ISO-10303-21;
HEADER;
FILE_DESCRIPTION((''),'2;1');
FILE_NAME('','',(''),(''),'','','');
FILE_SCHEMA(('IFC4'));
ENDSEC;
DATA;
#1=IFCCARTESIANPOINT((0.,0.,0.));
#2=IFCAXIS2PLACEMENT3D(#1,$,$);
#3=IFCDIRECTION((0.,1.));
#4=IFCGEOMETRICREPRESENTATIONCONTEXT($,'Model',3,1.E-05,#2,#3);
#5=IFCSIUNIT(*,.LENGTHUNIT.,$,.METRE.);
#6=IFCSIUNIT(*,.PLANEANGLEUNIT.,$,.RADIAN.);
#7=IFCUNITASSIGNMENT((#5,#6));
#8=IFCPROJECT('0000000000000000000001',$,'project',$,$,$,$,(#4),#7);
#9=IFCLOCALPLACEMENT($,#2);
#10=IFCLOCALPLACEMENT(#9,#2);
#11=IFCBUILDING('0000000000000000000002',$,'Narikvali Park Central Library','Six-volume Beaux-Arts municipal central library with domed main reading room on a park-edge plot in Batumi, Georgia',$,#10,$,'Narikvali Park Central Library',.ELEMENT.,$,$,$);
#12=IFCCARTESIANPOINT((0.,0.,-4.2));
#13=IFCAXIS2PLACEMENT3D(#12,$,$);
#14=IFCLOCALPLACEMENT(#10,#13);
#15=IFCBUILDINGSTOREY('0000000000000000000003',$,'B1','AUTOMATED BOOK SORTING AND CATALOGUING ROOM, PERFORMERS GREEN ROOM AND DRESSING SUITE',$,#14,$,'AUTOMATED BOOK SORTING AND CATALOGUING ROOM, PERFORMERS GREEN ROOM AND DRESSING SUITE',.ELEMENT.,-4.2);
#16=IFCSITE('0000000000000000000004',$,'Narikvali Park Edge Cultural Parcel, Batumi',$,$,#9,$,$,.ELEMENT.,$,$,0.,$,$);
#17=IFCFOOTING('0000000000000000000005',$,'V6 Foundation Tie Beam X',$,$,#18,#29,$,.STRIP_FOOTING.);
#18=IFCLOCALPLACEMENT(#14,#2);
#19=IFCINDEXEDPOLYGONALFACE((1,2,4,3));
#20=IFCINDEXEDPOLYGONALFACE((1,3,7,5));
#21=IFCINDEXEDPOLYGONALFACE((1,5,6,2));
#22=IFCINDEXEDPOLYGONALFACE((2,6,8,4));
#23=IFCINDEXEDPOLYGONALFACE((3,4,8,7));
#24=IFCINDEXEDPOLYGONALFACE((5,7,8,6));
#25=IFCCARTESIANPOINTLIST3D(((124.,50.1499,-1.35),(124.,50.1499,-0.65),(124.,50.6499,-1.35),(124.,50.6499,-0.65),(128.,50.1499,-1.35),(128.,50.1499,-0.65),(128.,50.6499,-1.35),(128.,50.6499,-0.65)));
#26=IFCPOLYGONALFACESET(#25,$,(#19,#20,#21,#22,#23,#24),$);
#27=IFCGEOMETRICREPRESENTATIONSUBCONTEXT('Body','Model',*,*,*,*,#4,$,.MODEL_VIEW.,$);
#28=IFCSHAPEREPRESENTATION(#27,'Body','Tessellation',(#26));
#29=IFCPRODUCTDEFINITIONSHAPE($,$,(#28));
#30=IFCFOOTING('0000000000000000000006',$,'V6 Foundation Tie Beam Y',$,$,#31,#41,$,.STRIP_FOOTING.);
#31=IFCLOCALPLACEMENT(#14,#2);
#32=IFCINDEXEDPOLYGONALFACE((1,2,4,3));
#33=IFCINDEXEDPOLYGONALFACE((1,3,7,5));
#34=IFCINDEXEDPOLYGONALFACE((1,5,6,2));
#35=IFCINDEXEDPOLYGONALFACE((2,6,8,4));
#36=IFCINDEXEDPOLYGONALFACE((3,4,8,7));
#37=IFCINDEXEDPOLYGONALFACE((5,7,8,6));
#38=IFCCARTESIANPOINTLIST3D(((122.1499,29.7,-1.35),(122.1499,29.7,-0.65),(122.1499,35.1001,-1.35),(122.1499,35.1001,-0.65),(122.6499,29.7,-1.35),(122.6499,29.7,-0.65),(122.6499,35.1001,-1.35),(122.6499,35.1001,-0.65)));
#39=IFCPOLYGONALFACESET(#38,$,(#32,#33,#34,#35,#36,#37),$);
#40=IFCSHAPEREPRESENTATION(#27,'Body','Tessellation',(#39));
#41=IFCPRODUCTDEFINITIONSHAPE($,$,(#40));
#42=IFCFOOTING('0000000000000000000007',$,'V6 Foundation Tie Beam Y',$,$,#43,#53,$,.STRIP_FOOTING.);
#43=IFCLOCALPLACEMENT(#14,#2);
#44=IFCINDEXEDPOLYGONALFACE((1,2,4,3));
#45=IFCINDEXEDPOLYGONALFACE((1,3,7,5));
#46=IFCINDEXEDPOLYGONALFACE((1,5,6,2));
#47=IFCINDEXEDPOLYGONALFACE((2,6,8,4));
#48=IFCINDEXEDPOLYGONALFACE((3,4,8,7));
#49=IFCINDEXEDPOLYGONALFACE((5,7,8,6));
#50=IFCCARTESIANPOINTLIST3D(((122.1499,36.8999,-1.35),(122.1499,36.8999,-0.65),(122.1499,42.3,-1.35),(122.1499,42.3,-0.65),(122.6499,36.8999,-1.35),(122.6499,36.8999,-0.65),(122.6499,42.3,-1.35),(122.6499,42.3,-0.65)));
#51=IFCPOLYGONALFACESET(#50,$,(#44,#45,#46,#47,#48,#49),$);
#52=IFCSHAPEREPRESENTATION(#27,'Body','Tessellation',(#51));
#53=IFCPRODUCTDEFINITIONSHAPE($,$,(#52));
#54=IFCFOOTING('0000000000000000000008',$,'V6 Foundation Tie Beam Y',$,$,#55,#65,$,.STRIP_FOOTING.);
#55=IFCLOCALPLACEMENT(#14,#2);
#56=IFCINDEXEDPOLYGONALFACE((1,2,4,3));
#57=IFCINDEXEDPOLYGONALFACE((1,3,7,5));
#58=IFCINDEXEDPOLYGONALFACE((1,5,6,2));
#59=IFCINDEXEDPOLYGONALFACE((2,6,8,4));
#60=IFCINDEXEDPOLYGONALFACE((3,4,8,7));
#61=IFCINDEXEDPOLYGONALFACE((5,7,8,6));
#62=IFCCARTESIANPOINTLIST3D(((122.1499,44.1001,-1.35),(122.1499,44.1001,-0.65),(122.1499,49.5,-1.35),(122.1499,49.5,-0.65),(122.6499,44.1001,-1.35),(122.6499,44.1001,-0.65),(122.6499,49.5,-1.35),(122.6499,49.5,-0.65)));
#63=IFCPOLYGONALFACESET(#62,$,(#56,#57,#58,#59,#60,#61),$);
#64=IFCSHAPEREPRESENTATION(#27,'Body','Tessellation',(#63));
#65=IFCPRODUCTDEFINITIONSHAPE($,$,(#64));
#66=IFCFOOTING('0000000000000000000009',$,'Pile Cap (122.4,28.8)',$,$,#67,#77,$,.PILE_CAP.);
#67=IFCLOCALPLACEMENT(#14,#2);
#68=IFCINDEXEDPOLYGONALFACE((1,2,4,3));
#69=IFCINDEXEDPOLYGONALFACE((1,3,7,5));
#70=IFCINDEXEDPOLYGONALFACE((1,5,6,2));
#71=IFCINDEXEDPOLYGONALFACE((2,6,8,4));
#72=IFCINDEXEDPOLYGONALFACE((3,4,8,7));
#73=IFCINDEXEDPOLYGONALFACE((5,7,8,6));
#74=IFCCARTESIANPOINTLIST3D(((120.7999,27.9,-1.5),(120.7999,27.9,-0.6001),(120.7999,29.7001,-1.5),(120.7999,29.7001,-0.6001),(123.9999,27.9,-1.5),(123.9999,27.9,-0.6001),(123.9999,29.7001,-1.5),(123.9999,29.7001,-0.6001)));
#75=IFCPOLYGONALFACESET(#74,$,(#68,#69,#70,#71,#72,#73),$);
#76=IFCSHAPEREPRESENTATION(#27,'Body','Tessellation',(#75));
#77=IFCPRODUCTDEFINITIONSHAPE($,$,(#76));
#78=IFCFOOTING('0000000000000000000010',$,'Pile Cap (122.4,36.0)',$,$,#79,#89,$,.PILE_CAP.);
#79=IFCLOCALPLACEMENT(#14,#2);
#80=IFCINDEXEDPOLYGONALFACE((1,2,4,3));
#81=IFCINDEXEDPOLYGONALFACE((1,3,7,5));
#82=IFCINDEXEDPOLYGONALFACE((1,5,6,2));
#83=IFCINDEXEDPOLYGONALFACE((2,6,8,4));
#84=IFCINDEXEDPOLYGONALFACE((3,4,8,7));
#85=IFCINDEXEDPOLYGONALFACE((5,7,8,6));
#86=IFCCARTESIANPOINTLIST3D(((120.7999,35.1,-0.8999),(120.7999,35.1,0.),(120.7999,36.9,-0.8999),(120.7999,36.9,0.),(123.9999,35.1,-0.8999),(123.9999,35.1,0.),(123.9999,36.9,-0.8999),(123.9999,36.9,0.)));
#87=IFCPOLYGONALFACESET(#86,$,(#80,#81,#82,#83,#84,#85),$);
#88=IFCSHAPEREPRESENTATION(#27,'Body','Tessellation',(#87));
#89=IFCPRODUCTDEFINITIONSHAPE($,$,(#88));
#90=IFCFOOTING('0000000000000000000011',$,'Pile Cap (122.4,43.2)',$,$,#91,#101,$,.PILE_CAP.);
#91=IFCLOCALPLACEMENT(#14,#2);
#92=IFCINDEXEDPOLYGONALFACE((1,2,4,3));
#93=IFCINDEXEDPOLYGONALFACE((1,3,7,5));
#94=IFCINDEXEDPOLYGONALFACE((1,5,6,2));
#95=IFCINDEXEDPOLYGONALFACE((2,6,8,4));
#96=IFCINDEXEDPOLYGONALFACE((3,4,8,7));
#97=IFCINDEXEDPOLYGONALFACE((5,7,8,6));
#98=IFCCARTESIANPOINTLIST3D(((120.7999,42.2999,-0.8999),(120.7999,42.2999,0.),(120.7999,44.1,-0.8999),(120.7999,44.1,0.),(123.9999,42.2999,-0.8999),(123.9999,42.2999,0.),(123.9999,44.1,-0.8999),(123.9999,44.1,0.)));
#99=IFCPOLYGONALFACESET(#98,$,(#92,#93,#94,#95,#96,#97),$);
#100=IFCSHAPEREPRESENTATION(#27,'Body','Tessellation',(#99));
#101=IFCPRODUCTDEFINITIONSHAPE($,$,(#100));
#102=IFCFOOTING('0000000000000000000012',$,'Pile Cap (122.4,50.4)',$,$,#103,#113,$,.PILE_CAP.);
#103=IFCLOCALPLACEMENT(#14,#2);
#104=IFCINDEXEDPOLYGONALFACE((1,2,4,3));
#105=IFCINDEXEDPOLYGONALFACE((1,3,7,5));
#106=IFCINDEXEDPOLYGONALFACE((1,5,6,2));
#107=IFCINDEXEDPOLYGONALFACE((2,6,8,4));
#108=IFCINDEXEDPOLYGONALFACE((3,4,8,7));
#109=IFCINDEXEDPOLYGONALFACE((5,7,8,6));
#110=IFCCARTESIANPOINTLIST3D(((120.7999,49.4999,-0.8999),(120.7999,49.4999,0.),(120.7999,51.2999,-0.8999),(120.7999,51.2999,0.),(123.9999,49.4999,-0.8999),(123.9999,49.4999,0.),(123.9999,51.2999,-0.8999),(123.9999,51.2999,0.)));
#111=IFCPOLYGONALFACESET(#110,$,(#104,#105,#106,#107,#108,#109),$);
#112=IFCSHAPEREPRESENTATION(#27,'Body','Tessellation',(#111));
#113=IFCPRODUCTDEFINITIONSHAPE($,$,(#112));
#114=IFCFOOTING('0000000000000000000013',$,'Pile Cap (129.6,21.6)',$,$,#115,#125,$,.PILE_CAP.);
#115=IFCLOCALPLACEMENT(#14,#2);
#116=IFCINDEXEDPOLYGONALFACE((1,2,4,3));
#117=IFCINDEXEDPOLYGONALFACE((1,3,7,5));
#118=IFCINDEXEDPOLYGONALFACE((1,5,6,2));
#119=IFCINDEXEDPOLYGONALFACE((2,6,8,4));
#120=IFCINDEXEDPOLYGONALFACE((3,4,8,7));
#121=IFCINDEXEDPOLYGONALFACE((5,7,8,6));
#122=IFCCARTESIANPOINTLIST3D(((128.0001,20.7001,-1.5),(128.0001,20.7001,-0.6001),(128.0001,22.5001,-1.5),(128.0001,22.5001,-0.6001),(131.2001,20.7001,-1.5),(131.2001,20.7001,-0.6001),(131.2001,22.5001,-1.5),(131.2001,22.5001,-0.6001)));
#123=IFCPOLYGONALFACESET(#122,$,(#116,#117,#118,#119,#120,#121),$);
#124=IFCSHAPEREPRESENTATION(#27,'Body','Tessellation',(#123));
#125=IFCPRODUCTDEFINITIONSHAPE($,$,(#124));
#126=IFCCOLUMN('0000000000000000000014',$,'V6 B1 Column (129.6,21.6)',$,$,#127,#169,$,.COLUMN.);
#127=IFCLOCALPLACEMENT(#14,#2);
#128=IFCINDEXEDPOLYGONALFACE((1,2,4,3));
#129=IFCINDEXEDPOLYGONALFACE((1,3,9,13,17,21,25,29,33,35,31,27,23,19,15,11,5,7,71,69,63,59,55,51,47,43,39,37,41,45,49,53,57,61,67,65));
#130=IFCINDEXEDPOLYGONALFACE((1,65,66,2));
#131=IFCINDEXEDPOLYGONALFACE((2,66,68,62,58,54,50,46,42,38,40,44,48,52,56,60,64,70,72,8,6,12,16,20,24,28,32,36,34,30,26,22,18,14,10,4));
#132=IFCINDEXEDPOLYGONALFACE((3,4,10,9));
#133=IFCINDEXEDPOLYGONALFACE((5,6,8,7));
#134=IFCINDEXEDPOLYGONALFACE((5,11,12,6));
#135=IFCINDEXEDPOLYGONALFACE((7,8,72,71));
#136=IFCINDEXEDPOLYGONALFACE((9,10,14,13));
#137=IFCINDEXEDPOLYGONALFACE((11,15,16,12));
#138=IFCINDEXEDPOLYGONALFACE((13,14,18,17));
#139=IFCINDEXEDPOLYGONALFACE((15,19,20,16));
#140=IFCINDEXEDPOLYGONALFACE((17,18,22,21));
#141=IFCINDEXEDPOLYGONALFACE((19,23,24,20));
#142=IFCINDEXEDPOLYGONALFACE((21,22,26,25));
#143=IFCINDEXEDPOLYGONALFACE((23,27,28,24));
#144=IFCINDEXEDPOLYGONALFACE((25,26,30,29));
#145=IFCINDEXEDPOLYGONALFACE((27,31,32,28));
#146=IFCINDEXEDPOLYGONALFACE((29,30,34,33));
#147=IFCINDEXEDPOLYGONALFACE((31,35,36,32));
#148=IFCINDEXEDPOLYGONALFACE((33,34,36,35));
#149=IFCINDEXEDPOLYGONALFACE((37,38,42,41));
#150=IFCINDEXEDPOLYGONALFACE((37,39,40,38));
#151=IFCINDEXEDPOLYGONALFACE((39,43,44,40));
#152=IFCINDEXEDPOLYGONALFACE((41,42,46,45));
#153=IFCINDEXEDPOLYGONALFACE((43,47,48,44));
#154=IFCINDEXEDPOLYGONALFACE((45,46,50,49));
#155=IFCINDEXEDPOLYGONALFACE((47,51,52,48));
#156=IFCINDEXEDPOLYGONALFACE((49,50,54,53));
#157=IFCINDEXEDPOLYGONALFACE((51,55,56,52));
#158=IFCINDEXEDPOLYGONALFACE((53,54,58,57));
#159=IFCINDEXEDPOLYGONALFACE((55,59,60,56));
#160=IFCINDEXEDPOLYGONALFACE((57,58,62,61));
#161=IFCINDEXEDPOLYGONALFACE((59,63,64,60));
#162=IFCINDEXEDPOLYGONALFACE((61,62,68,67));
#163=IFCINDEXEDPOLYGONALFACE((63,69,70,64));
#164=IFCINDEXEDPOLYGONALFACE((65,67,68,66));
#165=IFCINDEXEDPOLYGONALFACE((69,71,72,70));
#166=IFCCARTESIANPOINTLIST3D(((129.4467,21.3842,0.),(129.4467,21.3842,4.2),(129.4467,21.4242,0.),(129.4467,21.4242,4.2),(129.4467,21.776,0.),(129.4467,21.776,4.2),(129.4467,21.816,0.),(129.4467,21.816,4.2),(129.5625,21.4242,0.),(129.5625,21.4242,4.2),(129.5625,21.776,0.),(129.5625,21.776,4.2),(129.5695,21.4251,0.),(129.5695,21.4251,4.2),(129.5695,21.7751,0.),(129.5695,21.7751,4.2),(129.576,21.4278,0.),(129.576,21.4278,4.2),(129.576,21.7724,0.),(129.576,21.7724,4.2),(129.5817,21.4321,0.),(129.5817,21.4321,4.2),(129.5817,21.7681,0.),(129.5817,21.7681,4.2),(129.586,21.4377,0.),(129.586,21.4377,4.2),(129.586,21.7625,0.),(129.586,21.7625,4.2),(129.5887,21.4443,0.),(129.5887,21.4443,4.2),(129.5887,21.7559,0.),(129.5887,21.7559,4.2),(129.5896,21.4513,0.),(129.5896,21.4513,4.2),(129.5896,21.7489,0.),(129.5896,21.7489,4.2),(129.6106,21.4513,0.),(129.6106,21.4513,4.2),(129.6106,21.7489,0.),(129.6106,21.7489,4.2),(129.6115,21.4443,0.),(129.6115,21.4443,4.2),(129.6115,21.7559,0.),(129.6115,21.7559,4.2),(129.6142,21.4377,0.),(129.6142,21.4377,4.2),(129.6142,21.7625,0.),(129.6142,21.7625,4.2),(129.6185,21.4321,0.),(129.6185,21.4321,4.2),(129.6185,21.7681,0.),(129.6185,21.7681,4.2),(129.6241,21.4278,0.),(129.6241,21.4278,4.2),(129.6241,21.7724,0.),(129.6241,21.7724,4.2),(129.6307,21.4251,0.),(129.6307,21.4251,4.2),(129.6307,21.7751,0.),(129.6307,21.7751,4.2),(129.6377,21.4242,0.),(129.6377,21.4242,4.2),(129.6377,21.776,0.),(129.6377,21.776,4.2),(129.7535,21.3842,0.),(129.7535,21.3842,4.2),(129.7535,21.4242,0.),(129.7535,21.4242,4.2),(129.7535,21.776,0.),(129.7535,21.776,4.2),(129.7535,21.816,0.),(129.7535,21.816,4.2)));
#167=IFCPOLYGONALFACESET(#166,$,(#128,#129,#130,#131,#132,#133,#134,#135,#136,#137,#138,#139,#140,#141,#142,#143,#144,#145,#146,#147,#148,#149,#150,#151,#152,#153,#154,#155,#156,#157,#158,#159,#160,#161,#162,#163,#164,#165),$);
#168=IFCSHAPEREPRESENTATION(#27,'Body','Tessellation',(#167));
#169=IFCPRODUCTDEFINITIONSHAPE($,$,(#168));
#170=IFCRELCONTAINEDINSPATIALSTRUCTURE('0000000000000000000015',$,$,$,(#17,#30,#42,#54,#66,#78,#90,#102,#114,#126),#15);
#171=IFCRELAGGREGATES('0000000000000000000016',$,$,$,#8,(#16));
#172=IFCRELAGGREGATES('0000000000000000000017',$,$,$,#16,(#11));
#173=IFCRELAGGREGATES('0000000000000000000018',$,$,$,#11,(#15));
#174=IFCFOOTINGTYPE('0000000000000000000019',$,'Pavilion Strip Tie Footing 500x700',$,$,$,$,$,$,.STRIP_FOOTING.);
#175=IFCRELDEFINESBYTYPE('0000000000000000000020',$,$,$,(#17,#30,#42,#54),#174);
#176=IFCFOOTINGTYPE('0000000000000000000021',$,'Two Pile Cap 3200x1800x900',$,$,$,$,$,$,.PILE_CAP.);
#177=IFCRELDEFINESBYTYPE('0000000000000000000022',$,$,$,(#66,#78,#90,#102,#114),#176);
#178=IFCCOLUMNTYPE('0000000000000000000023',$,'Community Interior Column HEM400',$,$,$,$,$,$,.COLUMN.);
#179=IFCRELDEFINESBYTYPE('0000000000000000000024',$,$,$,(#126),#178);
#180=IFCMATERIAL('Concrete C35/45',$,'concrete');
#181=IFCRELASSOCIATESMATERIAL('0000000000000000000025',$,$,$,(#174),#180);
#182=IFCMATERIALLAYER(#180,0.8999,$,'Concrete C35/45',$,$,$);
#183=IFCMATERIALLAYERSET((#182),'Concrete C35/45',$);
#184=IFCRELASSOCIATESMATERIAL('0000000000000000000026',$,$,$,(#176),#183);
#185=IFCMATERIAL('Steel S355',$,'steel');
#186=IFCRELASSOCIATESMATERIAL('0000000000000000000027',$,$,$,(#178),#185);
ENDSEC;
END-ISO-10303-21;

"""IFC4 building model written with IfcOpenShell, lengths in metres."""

from ifc_helpers import new_model, si_unit, direction, frame, origin, origin_2d, place, context, subcontext, project, spatial, rectangle, i_section, extrude, material, layer, layer_set, material_profile, profile_set, type_object, element, save


model = new_model("IFC4")

# Units and contexts
model_context = context("Model", 3, precision=1e-05, world=origin(), true_north=direction((0.0, 1.0)))
body_context = subcontext(model_context, "Body", "Model", "MODEL_VIEW")
ifc_project = project(units=[si_unit("LENGTHUNIT", "METRE"), si_unit("PLANEANGLEUNIT", "RADIAN")], contexts=[model_context])

# Site, building, storey
site_placement = place(None, origin())
site = spatial("IfcSite", under=ifc_project, at=site_placement, Name="Narikvali Park Edge Cultural Parcel, Batumi", CompositionType="ELEMENT", RefElevation=0.0)
building_placement = place(site_placement, origin())
building = spatial("IfcBuilding", under=site, at=building_placement, Name="Narikvali Park Central Library", Description="Six-volume Beaux-Arts municipal central library with domed main reading room on a park-edge plot in Batumi, Georgia", LongName="Narikvali Park Central Library", CompositionType="ELEMENT")
storey_placement = place(building_placement, frame((0.0, 0.0, -4.2)))
storey = spatial("IfcBuildingStorey", under=building, at=storey_placement, Name="B1", Description="AUTOMATED BOOK SORTING AND CATALOGUING ROOM, PERFORMERS GREEN ROOM AND DRESSING SUITE", LongName="AUTOMATED BOOK SORTING AND CATALOGUING ROOM, PERFORMERS GREEN ROOM AND DRESSING SUITE", CompositionType="ELEMENT", Elevation=-4.2)

# Shared definitions
ifc_material_1 = material(Name="Concrete C35/45", Category="concrete")

# Footings
ifc_material_profile_1 = material_profile(ifc_material_1, rectangle(XDim=0.5, YDim=0.7, at=origin_2d()), Name="RC GB 500x700")
ifc_profile_set_1 = profile_set([ifc_material_profile_1], Name="Concrete C35/45")
footing_type_1 = type_object("IfcFootingType", Name="Pavilion Strip Tie Footing 500x700", PredefinedType="STRIP_FOOTING", material=ifc_profile_set_1)
footing_1_placement = place(storey_placement, frame((124.0, 50.3999, -1.0), z_axis=(1.0, 0.0, 0.0), x_axis=(0.0, 1.0, 0.0)))
element("IfcFooting", 1, at=footing_1_placement, inside=storey, type_object=footing_type_1, Name="V6 Foundation Tie Beam X", PredefinedType="STRIP_FOOTING", context=body_context, shape_type="SweptSolid", body=[
    extrude(rectangle(XDim=0.5, YDim=0.7, at=origin_2d()), origin(), (0.0, 0.0, 1.0), 4.0),
])
for number, where, z_axis, x_axis, name in (
    (2, (122.3999, 29.7, -1.0), (0.0, 1.0, 0.0), (-1.0, 0.0, 0.0), "V6 Foundation Tie Beam Y"),
    (3, (122.3999, 36.8999, -1.0), (0.0, 1.0, 0.0), (-1.0, 0.0, 0.0), "V6 Foundation Tie Beam Y"),
):
    element("IfcFooting", number, at=place(storey_placement, frame(where, z_axis=z_axis, x_axis=x_axis)), inside=storey, type_object=footing_type_1, Name=name, PredefinedType="STRIP_FOOTING", context=body_context, shape_type="SweptSolid", body=[
        extrude(rectangle(XDim=0.5, YDim=0.7, at=origin_2d()), origin(), (0.0, 0.0, 1.0), 5.4001),
    ])
footing_2_placement = place(storey_placement, frame((122.3999, 44.1001, -1.0), z_axis=(0.0, 1.0, 0.0), x_axis=(-1.0, 0.0, 0.0)))
element("IfcFooting", 4, at=footing_2_placement, inside=storey, type_object=footing_type_1, Name="V6 Foundation Tie Beam Y", PredefinedType="STRIP_FOOTING", context=body_context, shape_type="SweptSolid", body=[
    extrude(rectangle(XDim=0.5, YDim=0.7, at=origin_2d()), origin(), (0.0, 0.0, 1.0), 5.3999),
])
ifc_layer_1 = layer(ifc_material_1, 0.8999, Name="Concrete C35/45")
ifc_layer_set_1 = layer_set([ifc_layer_1], Name="Concrete C35/45")
footing_type_2 = type_object("IfcFootingType", Name="Two Pile Cap 3200x1800x900", PredefinedType="PILE_CAP", material=ifc_layer_set_1)
for number, where, z_axis, x_axis, name in (
    (5, (122.3999, 28.8, -1.5), (0.0, 0.0, 1.0), (1.0, 0.0, 0.0), "Pile Cap (122.4,28.8)"),
    (6, (122.3999, 36.0, -0.8999), (0.0, 0.0, 1.0), (1.0, 0.0, 0.0), "Pile Cap (122.4,36.0)"),
    (7, (122.3999, 43.2, -0.8999), (0.0, 0.0, 1.0), (1.0, 0.0, 0.0), "Pile Cap (122.4,43.2)"),
    (8, (122.3999, 50.3999, -0.8999), (0.0, 0.0, 1.0), (1.0, 0.0, 0.0), "Pile Cap (122.4,50.4)"),
    (9, (129.6001, 21.6001, -1.5), (0.0, 0.0, 1.0), (1.0, 0.0, 0.0), "Pile Cap (129.6,21.6)"),
):
    element("IfcFooting", number, at=place(storey_placement, frame(where, z_axis=z_axis, x_axis=x_axis)), inside=storey, type_object=footing_type_2, Name=name, PredefinedType="PILE_CAP", context=body_context, shape_type="SweptSolid", body=[
        extrude(rectangle(XDim=3.2, YDim=1.8, at=origin_2d()), origin(), (0.0, 0.0, 1.0), 0.8999),
    ])

# Column
ifc_material_2 = material(Name="Steel S355", Category="steel")
ifc_material_profile_2 = material_profile(ifc_material_2, i_section(OverallWidth=0.3069, OverallDepth=0.4319, WebThickness=0.021, FlangeThickness=0.04, FilletRadius=0.0271, at=origin_2d()), Name="HEM 400")
ifc_profile_set_2 = profile_set([ifc_material_profile_2], Name="Steel S355")
column_type_1 = type_object("IfcColumnType", Name="Community Interior Column HEM400", PredefinedType="COLUMN", material=ifc_profile_set_2)
column_placement = place(storey_placement, frame((129.6001, 21.6001, 0.0), z_axis=(0.0, 0.0, 1.0), x_axis=(1.0, 0.0, 0.0)))
element("IfcColumn", 10, at=column_placement, inside=storey, type_object=column_type_1, Name="V6 B1 Column (129.6,21.6)", PredefinedType="COLUMN", context=body_context, shape_type="SweptSolid", body=[
    extrude(i_section(OverallWidth=0.3069, OverallDepth=0.4319, WebThickness=0.021, FlangeThickness=0.04, FilletRadius=0.0271, at=origin_2d()), origin(), (0.0, 0.0, 1.0), 4.2),
])

save(model, "model.ifc")
